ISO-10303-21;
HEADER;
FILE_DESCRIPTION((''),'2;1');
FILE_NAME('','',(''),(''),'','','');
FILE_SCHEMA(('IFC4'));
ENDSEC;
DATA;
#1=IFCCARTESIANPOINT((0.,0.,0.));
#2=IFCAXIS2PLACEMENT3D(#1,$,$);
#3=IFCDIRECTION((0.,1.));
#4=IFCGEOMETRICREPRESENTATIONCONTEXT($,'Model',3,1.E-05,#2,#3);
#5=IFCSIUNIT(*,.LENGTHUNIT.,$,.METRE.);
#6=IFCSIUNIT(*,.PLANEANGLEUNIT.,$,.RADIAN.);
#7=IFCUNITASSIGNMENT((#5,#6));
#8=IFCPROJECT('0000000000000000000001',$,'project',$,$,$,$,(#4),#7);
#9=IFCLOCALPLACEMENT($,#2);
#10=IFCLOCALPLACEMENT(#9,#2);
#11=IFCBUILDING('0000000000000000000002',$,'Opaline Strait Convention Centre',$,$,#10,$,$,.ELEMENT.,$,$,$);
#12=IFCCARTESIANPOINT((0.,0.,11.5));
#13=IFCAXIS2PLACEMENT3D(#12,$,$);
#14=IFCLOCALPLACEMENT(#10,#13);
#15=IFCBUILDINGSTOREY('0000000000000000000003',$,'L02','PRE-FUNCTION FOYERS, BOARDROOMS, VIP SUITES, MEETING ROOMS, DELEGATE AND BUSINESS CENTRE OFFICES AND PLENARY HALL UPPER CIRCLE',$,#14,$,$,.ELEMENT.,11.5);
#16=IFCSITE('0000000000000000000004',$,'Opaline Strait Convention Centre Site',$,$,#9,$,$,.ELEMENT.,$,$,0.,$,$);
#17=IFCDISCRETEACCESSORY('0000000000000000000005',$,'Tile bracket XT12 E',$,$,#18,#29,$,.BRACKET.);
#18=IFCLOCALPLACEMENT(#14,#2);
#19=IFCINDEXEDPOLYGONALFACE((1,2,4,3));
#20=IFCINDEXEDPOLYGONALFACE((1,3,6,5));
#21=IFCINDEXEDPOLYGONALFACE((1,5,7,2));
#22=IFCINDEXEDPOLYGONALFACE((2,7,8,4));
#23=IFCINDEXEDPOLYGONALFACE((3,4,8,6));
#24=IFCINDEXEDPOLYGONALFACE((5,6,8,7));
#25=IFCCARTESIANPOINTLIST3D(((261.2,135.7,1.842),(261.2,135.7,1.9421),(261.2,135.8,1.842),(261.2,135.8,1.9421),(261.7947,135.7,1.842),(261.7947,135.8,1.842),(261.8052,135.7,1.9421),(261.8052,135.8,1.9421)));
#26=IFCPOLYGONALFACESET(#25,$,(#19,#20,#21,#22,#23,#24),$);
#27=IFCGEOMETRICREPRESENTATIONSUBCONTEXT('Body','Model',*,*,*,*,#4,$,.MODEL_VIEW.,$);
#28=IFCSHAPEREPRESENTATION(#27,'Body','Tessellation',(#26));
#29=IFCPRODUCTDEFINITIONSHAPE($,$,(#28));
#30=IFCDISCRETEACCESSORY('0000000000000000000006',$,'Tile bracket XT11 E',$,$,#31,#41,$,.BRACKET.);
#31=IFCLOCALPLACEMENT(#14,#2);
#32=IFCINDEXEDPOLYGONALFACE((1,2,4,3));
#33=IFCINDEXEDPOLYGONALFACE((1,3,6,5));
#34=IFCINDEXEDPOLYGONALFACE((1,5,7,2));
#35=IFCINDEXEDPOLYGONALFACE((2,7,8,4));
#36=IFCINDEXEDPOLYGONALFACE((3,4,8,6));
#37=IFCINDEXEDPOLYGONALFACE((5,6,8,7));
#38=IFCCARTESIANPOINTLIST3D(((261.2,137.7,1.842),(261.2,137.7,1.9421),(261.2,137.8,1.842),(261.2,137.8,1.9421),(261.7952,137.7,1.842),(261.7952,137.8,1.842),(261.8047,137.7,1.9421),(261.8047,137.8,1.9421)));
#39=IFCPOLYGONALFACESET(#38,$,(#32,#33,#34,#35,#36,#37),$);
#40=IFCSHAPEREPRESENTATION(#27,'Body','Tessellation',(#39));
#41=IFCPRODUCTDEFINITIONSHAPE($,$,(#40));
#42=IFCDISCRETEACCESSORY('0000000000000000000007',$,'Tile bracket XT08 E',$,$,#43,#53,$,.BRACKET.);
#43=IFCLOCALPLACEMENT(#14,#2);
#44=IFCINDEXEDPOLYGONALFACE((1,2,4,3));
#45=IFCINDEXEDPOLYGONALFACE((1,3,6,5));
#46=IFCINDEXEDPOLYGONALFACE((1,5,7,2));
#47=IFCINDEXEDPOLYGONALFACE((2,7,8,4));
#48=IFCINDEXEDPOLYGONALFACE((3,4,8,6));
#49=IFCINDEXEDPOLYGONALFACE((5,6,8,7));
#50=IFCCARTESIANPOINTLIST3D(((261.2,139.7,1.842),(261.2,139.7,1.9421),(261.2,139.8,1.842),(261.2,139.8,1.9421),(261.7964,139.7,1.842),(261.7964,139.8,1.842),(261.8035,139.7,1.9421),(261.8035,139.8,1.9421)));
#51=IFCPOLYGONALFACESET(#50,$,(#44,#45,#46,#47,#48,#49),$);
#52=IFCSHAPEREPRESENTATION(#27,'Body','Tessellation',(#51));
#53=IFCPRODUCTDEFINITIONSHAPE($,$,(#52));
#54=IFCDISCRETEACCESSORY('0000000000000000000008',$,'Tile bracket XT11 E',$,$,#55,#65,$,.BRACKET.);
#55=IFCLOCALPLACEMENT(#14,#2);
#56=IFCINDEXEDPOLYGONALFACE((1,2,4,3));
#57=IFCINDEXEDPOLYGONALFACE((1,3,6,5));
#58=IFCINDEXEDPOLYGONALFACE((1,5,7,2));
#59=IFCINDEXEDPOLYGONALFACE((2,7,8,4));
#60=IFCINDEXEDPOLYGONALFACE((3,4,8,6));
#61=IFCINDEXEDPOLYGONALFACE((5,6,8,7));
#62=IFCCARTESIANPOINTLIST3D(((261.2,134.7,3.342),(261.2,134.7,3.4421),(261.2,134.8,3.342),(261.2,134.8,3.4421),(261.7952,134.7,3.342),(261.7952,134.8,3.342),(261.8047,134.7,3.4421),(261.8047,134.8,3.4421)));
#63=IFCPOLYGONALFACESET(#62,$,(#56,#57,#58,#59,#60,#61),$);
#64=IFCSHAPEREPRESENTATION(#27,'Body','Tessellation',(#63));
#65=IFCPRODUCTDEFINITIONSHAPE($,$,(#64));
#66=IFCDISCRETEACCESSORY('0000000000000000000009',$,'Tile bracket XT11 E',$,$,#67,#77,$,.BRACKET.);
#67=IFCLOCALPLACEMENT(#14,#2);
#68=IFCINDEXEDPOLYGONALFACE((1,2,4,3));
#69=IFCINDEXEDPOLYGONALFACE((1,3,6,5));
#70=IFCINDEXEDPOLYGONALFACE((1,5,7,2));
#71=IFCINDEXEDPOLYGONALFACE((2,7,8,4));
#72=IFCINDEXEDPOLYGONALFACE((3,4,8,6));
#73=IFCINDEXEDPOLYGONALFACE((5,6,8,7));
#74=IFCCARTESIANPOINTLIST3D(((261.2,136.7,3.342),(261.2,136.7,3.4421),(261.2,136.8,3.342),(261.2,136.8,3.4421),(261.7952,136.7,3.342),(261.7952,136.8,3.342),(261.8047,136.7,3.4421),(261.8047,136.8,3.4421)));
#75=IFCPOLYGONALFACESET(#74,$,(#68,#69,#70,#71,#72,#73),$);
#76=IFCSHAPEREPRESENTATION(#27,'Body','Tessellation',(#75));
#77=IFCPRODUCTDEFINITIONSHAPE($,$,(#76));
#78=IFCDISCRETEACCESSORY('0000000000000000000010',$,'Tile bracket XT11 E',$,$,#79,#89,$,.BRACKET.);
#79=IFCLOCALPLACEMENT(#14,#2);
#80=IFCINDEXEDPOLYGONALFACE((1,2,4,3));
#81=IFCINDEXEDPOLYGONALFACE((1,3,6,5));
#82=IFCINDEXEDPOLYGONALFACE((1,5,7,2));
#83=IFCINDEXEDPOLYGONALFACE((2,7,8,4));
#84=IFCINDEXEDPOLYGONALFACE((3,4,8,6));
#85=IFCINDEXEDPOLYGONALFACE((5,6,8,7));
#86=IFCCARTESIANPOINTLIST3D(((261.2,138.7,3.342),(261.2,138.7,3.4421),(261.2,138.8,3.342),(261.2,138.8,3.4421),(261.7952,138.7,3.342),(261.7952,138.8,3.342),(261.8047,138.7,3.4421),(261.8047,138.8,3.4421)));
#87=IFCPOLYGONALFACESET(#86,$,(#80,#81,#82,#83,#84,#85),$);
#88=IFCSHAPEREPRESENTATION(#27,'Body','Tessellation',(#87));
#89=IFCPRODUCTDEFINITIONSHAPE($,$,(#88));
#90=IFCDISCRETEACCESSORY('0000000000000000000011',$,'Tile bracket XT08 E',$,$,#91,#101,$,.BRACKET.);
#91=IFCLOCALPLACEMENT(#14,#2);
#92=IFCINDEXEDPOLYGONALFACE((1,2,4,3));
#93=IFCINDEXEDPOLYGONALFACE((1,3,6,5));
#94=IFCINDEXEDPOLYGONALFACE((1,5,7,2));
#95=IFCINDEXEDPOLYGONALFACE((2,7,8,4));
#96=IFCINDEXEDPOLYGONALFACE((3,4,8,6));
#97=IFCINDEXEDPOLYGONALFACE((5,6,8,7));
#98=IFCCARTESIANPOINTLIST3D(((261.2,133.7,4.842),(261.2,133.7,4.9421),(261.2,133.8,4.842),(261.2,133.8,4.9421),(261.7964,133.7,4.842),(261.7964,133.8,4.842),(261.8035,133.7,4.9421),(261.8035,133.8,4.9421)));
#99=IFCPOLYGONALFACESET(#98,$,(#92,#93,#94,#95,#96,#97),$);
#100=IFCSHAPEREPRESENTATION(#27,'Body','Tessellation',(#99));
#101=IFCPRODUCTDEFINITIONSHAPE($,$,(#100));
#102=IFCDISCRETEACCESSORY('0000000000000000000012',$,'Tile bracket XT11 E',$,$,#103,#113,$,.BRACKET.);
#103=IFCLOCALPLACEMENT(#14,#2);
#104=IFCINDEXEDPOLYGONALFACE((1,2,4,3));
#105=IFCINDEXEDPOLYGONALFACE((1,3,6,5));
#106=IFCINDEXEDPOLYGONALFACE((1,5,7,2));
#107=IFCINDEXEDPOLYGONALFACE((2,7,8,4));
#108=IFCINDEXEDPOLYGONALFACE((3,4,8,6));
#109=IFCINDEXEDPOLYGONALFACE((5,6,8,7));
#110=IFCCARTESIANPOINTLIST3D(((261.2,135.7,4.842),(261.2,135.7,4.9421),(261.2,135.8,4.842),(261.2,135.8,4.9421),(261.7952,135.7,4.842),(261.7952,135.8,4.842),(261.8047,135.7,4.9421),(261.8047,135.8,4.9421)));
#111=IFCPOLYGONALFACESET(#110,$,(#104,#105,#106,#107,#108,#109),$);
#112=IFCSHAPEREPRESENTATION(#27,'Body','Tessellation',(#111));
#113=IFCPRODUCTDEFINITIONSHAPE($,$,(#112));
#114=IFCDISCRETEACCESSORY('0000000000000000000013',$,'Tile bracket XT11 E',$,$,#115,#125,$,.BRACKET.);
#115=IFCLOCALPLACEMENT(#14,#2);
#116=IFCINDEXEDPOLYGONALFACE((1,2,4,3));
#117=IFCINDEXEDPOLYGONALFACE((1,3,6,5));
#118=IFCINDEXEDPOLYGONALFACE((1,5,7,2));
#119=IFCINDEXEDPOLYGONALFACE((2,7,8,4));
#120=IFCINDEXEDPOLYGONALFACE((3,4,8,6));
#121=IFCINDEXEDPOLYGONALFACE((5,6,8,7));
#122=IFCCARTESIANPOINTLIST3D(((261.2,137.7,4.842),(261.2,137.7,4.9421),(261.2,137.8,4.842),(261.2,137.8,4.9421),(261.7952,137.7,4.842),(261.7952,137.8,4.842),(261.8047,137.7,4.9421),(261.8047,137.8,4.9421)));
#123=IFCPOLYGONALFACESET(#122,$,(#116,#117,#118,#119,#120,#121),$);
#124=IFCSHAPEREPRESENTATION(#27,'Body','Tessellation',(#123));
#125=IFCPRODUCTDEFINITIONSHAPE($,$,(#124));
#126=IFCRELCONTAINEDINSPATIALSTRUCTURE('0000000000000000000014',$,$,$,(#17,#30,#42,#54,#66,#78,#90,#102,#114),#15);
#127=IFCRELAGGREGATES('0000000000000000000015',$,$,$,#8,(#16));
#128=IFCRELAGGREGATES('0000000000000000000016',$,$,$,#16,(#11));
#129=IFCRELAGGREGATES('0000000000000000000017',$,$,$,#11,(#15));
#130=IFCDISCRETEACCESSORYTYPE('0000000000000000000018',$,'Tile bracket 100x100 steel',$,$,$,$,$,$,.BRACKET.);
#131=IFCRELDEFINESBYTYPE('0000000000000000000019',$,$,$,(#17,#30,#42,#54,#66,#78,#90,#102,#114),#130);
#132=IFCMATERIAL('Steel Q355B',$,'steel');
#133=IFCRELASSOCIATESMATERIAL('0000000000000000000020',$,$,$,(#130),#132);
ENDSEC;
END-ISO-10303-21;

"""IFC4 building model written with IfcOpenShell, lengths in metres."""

from ifc_helpers import new_model, si_unit, direction, frame, origin, place, context, subcontext, project, spatial, polyline, outline, extrude, material, type_object, element, save


model = new_model("IFC4")

# Units and contexts
model_context = context("Model", 3, precision=1e-05, world=origin(), true_north=direction((0.0, 1.0)))
body_context = subcontext(model_context, "Body", "Model", "MODEL_VIEW")
ifc_project = project(units=[si_unit("LENGTHUNIT", "METRE"), si_unit("PLANEANGLEUNIT", "RADIAN")], contexts=[model_context])

# Site, building, storey
site_placement = place(None, origin())
site = spatial("IfcSite", under=ifc_project, at=site_placement, Name="Opaline Strait Convention Centre Site", CompositionType="ELEMENT", RefElevation=0.0)
building_placement = place(site_placement, origin())
building = spatial("IfcBuilding", under=site, at=building_placement, Name="Opaline Strait Convention Centre", CompositionType="ELEMENT")
storey_placement = place(building_placement, frame((0.0, 0.0, 11.5)))
storey = spatial("IfcBuildingStorey", under=building, at=storey_placement, Name="L02", Description="PRE-FUNCTION FOYERS, BOARDROOMS, VIP SUITES, MEETING ROOMS, DELEGATE AND BUSINESS CENTRE OFFICES AND PLENARY HALL UPPER CIRCLE", CompositionType="ELEMENT", Elevation=11.5)

# Discrete accessories
ifc_material_1 = material(Name="Steel Q355B", Category="steel")
discrete_accessory_type = type_object("IfcDiscreteAccessoryType", Name="Tile bracket 100x100 steel", PredefinedType="BRACKET", material=ifc_material_1)
discrete_accessory_1_placement = place(storey_placement, frame((261.2, 135.7, 1.8921), z_axis=(0.0, 1.0, 0.0), x_axis=(-1.0, 0.0, 0.0)))
element("IfcDiscreteAccessory", 1, at=discrete_accessory_1_placement, inside=storey, type_object=discrete_accessory_type, Name="Tile bracket XT12 E", PredefinedType="BRACKET", context=body_context, shape_type="SweptSolid", body=[
    extrude(outline(polyline([(0.0, -0.05), (0.0, 0.05), (-0.6052, 0.05), (-0.5947, -0.05), (0.0, -0.05)])), origin(), (0.0, 0.0, 1.0), 0.1001),
])
discrete_accessory_2_placement = place(storey_placement, frame((261.2, 137.7, 1.8921), z_axis=(0.0, 1.0, 0.0), x_axis=(-1.0, 0.0, 0.0)))
element("IfcDiscreteAccessory", 2, at=discrete_accessory_2_placement, inside=storey, type_object=discrete_accessory_type, Name="Tile bracket XT11 E", PredefinedType="BRACKET", context=body_context, shape_type="SweptSolid", body=[
    extrude(outline(polyline([(0.0, -0.05), (0.0, 0.05), (-0.6047, 0.05), (-0.5952, -0.05), (0.0, -0.05)])), origin(), (0.0, 0.0, 1.0), 0.1001),
])
discrete_accessory_3_placement = place(storey_placement, frame((261.2, 139.7, 1.8921), z_axis=(0.0, 1.0, 0.0), x_axis=(-1.0, 0.0, 0.0)))
element("IfcDiscreteAccessory", 3, at=discrete_accessory_3_placement, inside=storey, type_object=discrete_accessory_type, Name="Tile bracket XT08 E", PredefinedType="BRACKET", context=body_context, shape_type="SweptSolid", body=[
    extrude(outline(polyline([(0.0, -0.05), (0.0, 0.05), (-0.6035, 0.05), (-0.5964, -0.05), (0.0, -0.05)])), origin(), (0.0, 0.0, 1.0), 0.1001),
])
for number, where, z_axis, x_axis, name in (
    (4, (261.2, 134.7, 3.3921), (0.0, 1.0, 0.0), (-1.0, 0.0, 0.0), "Tile bracket XT11 E"),
    (5, (261.2, 136.7, 3.3921), (0.0, 1.0, 0.0), (-1.0, 0.0, 0.0), "Tile bracket XT11 E"),
    (6, (261.2, 138.7, 3.3921), (0.0, 1.0, 0.0), (-1.0, 0.0, 0.0), "Tile bracket XT11 E"),
):
    element("IfcDiscreteAccessory", number, at=place(storey_placement, frame(where, z_axis=z_axis, x_axis=x_axis)), inside=storey, type_object=discrete_accessory_type, Name=name, PredefinedType="BRACKET", context=body_context, shape_type="SweptSolid", body=[
        extrude(outline(polyline([(0.0, -0.05), (0.0, 0.05), (-0.6047, 0.05), (-0.5952, -0.05), (0.0, -0.05)])), origin(), (0.0, 0.0, 1.0), 0.1001),
    ])
discrete_accessory_4_placement = place(storey_placement, frame((261.2, 133.7, 4.8921), z_axis=(0.0, 1.0, 0.0), x_axis=(-1.0, 0.0, 0.0)))
element("IfcDiscreteAccessory", 7, at=discrete_accessory_4_placement, inside=storey, type_object=discrete_accessory_type, Name="Tile bracket XT08 E", PredefinedType="BRACKET", context=body_context, shape_type="SweptSolid", body=[
    extrude(outline(polyline([(0.0, -0.05), (0.0, 0.05), (-0.6035, 0.05), (-0.5964, -0.05), (0.0, -0.05)])), origin(), (0.0, 0.0, 1.0), 0.1001),
])
for number, where, z_axis, x_axis, name in (
    (8, (261.2, 135.7, 4.8921), (0.0, 1.0, 0.0), (-1.0, 0.0, 0.0), "Tile bracket XT11 E"),
    (9, (261.2, 137.7, 4.8921), (0.0, 1.0, 0.0), (-1.0, 0.0, 0.0), "Tile bracket XT11 E"),
):
    element("IfcDiscreteAccessory", number, at=place(storey_placement, frame(where, z_axis=z_axis, x_axis=x_axis)), inside=storey, type_object=discrete_accessory_type, Name=name, PredefinedType="BRACKET", context=body_context, shape_type="SweptSolid", body=[
        extrude(outline(polyline([(0.0, -0.05), (0.0, 0.05), (-0.6047, 0.05), (-0.5952, -0.05), (0.0, -0.05)])), origin(), (0.0, 0.0, 1.0), 0.1001),
    ])

save(model, "model.ifc")
